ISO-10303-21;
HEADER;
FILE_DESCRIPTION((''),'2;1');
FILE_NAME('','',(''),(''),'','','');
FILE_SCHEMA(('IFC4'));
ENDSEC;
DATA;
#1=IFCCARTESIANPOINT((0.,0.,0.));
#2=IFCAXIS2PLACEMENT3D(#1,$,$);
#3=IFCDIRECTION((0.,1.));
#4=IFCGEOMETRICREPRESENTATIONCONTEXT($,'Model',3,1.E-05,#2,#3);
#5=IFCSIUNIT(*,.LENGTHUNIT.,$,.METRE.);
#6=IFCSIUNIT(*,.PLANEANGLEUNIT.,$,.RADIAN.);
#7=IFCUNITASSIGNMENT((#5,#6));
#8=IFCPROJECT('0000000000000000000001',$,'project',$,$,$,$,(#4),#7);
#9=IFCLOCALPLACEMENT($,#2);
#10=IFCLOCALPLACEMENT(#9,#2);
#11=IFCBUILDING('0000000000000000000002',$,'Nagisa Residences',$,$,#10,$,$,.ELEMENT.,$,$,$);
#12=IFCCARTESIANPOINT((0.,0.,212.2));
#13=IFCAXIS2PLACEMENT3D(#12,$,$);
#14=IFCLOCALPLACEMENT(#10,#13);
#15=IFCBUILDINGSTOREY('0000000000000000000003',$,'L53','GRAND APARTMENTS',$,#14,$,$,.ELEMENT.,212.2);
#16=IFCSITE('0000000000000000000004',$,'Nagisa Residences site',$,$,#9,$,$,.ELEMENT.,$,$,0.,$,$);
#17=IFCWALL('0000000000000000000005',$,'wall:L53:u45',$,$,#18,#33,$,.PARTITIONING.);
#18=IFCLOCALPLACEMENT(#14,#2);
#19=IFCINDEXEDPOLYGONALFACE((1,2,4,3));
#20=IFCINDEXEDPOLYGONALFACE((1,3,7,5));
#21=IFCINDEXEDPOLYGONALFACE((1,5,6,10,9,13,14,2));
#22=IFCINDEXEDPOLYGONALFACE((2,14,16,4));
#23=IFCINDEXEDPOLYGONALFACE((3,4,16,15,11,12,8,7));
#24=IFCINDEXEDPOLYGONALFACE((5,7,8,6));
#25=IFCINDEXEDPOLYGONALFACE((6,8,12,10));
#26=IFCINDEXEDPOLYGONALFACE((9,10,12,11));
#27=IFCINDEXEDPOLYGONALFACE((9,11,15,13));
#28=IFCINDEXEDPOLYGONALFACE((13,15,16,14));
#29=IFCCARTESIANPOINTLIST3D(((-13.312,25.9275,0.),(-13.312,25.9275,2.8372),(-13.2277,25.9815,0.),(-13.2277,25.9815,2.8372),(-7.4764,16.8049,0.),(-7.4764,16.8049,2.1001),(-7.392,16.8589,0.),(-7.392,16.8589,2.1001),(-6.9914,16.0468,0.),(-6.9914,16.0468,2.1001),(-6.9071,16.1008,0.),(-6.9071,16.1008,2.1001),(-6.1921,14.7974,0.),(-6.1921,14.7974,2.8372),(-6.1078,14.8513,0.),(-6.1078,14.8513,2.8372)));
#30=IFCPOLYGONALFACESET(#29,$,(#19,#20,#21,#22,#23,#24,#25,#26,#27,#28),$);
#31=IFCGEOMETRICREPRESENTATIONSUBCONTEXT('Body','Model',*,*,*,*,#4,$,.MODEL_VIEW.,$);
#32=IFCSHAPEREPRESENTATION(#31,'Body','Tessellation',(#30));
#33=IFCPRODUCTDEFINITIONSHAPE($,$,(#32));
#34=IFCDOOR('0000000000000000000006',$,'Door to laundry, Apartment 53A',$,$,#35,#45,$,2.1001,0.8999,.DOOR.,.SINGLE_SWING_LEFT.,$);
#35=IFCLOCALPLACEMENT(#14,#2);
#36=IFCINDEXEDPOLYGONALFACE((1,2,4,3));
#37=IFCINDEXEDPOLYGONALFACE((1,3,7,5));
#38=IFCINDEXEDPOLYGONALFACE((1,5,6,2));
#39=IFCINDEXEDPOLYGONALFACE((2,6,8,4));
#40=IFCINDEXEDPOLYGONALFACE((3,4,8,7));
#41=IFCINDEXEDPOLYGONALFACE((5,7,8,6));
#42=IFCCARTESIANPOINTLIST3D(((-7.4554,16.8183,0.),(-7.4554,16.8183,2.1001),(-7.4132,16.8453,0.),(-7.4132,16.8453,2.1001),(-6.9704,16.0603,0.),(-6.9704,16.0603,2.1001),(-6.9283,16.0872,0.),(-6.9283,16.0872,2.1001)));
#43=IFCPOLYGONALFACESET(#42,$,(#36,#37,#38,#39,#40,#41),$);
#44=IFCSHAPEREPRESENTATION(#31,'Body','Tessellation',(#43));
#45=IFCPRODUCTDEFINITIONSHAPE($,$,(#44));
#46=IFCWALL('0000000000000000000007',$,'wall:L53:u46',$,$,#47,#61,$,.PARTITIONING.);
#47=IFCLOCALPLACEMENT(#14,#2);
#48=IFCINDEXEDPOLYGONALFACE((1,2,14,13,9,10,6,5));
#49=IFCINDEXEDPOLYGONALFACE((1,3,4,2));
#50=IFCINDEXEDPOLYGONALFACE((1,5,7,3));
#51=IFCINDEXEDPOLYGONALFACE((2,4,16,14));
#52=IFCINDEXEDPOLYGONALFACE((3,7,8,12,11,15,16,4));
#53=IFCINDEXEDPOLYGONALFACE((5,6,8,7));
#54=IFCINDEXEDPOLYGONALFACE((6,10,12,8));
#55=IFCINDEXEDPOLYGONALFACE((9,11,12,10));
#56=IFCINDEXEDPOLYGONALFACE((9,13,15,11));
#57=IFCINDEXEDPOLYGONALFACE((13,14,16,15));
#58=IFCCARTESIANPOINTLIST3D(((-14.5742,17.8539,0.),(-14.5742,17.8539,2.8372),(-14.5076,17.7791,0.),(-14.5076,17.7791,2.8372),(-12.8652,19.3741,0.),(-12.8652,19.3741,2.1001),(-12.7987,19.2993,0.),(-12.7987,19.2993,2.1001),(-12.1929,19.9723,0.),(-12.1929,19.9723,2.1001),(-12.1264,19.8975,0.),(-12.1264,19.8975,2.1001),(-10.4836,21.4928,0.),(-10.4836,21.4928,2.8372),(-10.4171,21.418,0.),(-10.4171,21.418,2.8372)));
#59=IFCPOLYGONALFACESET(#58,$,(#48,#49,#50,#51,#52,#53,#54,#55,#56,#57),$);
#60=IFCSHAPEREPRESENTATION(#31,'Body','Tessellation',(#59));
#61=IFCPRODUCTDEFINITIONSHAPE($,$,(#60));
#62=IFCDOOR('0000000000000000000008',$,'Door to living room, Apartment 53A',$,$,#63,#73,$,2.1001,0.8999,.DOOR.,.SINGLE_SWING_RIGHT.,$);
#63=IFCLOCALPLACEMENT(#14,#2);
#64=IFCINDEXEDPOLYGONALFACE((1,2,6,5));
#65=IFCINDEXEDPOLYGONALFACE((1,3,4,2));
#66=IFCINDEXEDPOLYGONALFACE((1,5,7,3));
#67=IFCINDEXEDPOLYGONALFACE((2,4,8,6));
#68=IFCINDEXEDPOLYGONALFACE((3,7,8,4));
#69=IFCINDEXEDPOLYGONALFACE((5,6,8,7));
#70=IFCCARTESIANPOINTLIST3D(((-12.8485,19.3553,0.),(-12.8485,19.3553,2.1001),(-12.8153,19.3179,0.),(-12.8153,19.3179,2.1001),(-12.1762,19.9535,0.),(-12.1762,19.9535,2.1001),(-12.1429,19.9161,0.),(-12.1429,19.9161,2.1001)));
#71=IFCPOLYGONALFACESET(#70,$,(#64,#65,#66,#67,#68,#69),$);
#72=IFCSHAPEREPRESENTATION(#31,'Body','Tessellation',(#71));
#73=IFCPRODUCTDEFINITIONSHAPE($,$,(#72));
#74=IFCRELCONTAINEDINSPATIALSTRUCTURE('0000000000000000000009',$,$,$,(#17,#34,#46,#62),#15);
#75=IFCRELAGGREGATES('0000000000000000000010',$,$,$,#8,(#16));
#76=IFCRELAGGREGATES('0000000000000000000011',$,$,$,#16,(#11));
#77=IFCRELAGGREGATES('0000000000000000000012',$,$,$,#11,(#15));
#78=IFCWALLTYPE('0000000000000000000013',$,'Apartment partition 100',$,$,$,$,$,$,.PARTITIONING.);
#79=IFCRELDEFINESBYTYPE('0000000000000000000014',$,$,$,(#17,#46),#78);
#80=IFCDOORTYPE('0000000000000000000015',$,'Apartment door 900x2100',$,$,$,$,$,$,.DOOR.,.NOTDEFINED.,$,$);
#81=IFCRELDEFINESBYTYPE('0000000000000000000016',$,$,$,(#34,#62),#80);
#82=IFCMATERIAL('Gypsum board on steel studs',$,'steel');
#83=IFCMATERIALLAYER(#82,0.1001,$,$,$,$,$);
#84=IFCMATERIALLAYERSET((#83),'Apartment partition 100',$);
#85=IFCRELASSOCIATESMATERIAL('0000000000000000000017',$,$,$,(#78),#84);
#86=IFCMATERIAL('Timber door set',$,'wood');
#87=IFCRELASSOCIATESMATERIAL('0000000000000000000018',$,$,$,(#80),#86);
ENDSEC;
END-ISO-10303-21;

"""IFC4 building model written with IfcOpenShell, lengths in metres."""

from ifc_helpers import new_model, si_unit, direction, frame, frame_2d, origin, place, context, subcontext, project, spatial, rectangle, extrude, material, layer, layer_set, type_object, element, fill, save


model = new_model("IFC4")

# Units and contexts
model_context = context("Model", 3, precision=1e-05, world=origin(), true_north=direction((0.0, 1.0)))
body_context = subcontext(model_context, "Body", "Model", "MODEL_VIEW")
ifc_project = project(units=[si_unit("LENGTHUNIT", "METRE"), si_unit("PLANEANGLEUNIT", "RADIAN")], contexts=[model_context])

# Site, building, storey
site_placement = place(None, origin())
site = spatial("IfcSite", under=ifc_project, at=site_placement, Name="Nagisa Residences site", CompositionType="ELEMENT", RefElevation=0.0)
building_placement = place(site_placement, origin())
building = spatial("IfcBuilding", under=site, at=building_placement, Name="Nagisa Residences", CompositionType="ELEMENT")
storey_placement = place(building_placement, frame((0.0, 0.0, 212.2)))
storey = spatial("IfcBuildingStorey", under=building, at=storey_placement, Name="L53", Description="GRAND APARTMENTS", CompositionType="ELEMENT", Elevation=212.2)

# Shared definitions
ifc_material_1 = material(Name="Gypsum board on steel studs", Category="steel")
ifc_layer_1 = layer(ifc_material_1, 0.1001)
ifc_layer_set_1 = layer_set([ifc_layer_1], Name="Apartment partition 100")
wall_type_1 = type_object("IfcWallType", Name="Apartment partition 100", PredefinedType="PARTITIONING", material=ifc_layer_set_1)
ifc_material_2 = material(Name="Timber door set", Category="wood")
door_type_1 = type_object("IfcDoorType", Name="Apartment door 900x2100", OperationType="NOTDEFINED", PredefinedType="DOOR", material=ifc_material_2)

# Walls, openings, doors
wall_1_placement = place(storey_placement, frame((-6.1499, 14.8242, 0.0), z_axis=(0.0, 0.0, 1.0), x_axis=(-0.538871, 0.842388, 0.0)))
wall_1 = element("IfcWall", 1, at=wall_1_placement, inside=storey, type_object=wall_type_1, Name="wall:L53:u45", PredefinedType="PARTITIONING", context=body_context, shape_type="SweptSolid", body=[
    extrude(rectangle(XDim=13.2126, YDim=0.1001, at=frame_2d((6.6064, 0.0))), origin(), (0.0, 0.0, 1.0), 2.8372),
])
opening_1_placement = place(wall_1_placement, frame((1.4834, 0.0, 0.0)))
opening_1 = element("IfcOpeningElement", 2, at=opening_1_placement, cuts=wall_1, PredefinedType="OPENING", context=body_context, shape_type="SweptSolid", body=[
    extrude(rectangle(XDim=0.8999, YDim=2.1001, at=frame_2d((0.45, 1.05))), frame((0.0, 0.0601, 0.0), z_axis=(0.0, -1.0, 0.0), x_axis=(1.0, 0.0, 0.0)), (0.0, 0.0, 1.0), 0.1201),
])
door_1_placement = place(opening_1_placement, frame((0.8999, 0.0, 0.0), x_axis=(-1.0, 0.0, 0.0)))
door_1 = element("IfcDoor", 3, at=door_1_placement, inside=storey, type_object=door_type_1, Name="Door to laundry, Apartment 53A", OperationType="SINGLE_SWING_LEFT", OverallHeight=2.1001, OverallWidth=0.8999, PredefinedType="DOOR", context=body_context, shape_type="SweptSolid", body=[
    extrude(rectangle(XDim=0.8999, YDim=2.1001, at=frame_2d((0.45, 1.05))), frame((0.0, 0.0249, 0.0), z_axis=(0.0, -1.0, 0.0), x_axis=(1.0, 0.0, 0.0)), (0.0, 0.0, 1.0), 0.05),
])
fill(opening_1, door_1)
wall_2_placement = place(storey_placement, frame((-10.4504, 21.4553, 0.0), z_axis=(0.0, 0.0, 1.0), x_axis=(-0.747151, -0.664654, 0.0)))
wall_2 = element("IfcWall", 4, at=wall_2_placement, inside=storey, type_object=wall_type_1, Name="wall:L53:u46", PredefinedType="PARTITIONING", context=body_context, shape_type="SweptSolid", body=[
    extrude(rectangle(XDim=5.4749, YDim=0.1001, at=frame_2d((2.7373, 0.0))), origin(), (0.0, 0.0, 1.0), 2.8372),
])
opening_2_placement = place(wall_2_placement, frame((2.2876, 0.0, 0.0)))
opening_2 = element("IfcOpeningElement", 5, at=opening_2_placement, cuts=wall_2, PredefinedType="OPENING", context=body_context, shape_type="SweptSolid", body=[
    extrude(rectangle(XDim=0.8999, YDim=2.1001, at=frame_2d((0.45, 1.05))), frame((0.0, 0.0601, 0.0), z_axis=(0.0, -1.0, 0.0), x_axis=(1.0, 0.0, 0.0)), (0.0, 0.0, 1.0), 0.1201),
])
door_2_placement = place(opening_2_placement, frame((0.8999, 0.0, 0.0), x_axis=(-1.0, 0.0, 0.0)))
door_2 = element("IfcDoor", 6, at=door_2_placement, inside=storey, type_object=door_type_1, Name="Door to living room, Apartment 53A", OperationType="SINGLE_SWING_RIGHT", OverallHeight=2.1001, OverallWidth=0.8999, PredefinedType="DOOR", context=body_context, shape_type="SweptSolid", body=[
    extrude(rectangle(XDim=0.8999, YDim=2.1001, at=frame_2d((0.45, 1.05))), frame((0.0, 0.0249, 0.0), z_axis=(0.0, -1.0, 0.0), x_axis=(1.0, 0.0, 0.0)), (0.0, 0.0, 1.0), 0.05),
])
fill(opening_2, door_2)

save(model, "model.ifc")
